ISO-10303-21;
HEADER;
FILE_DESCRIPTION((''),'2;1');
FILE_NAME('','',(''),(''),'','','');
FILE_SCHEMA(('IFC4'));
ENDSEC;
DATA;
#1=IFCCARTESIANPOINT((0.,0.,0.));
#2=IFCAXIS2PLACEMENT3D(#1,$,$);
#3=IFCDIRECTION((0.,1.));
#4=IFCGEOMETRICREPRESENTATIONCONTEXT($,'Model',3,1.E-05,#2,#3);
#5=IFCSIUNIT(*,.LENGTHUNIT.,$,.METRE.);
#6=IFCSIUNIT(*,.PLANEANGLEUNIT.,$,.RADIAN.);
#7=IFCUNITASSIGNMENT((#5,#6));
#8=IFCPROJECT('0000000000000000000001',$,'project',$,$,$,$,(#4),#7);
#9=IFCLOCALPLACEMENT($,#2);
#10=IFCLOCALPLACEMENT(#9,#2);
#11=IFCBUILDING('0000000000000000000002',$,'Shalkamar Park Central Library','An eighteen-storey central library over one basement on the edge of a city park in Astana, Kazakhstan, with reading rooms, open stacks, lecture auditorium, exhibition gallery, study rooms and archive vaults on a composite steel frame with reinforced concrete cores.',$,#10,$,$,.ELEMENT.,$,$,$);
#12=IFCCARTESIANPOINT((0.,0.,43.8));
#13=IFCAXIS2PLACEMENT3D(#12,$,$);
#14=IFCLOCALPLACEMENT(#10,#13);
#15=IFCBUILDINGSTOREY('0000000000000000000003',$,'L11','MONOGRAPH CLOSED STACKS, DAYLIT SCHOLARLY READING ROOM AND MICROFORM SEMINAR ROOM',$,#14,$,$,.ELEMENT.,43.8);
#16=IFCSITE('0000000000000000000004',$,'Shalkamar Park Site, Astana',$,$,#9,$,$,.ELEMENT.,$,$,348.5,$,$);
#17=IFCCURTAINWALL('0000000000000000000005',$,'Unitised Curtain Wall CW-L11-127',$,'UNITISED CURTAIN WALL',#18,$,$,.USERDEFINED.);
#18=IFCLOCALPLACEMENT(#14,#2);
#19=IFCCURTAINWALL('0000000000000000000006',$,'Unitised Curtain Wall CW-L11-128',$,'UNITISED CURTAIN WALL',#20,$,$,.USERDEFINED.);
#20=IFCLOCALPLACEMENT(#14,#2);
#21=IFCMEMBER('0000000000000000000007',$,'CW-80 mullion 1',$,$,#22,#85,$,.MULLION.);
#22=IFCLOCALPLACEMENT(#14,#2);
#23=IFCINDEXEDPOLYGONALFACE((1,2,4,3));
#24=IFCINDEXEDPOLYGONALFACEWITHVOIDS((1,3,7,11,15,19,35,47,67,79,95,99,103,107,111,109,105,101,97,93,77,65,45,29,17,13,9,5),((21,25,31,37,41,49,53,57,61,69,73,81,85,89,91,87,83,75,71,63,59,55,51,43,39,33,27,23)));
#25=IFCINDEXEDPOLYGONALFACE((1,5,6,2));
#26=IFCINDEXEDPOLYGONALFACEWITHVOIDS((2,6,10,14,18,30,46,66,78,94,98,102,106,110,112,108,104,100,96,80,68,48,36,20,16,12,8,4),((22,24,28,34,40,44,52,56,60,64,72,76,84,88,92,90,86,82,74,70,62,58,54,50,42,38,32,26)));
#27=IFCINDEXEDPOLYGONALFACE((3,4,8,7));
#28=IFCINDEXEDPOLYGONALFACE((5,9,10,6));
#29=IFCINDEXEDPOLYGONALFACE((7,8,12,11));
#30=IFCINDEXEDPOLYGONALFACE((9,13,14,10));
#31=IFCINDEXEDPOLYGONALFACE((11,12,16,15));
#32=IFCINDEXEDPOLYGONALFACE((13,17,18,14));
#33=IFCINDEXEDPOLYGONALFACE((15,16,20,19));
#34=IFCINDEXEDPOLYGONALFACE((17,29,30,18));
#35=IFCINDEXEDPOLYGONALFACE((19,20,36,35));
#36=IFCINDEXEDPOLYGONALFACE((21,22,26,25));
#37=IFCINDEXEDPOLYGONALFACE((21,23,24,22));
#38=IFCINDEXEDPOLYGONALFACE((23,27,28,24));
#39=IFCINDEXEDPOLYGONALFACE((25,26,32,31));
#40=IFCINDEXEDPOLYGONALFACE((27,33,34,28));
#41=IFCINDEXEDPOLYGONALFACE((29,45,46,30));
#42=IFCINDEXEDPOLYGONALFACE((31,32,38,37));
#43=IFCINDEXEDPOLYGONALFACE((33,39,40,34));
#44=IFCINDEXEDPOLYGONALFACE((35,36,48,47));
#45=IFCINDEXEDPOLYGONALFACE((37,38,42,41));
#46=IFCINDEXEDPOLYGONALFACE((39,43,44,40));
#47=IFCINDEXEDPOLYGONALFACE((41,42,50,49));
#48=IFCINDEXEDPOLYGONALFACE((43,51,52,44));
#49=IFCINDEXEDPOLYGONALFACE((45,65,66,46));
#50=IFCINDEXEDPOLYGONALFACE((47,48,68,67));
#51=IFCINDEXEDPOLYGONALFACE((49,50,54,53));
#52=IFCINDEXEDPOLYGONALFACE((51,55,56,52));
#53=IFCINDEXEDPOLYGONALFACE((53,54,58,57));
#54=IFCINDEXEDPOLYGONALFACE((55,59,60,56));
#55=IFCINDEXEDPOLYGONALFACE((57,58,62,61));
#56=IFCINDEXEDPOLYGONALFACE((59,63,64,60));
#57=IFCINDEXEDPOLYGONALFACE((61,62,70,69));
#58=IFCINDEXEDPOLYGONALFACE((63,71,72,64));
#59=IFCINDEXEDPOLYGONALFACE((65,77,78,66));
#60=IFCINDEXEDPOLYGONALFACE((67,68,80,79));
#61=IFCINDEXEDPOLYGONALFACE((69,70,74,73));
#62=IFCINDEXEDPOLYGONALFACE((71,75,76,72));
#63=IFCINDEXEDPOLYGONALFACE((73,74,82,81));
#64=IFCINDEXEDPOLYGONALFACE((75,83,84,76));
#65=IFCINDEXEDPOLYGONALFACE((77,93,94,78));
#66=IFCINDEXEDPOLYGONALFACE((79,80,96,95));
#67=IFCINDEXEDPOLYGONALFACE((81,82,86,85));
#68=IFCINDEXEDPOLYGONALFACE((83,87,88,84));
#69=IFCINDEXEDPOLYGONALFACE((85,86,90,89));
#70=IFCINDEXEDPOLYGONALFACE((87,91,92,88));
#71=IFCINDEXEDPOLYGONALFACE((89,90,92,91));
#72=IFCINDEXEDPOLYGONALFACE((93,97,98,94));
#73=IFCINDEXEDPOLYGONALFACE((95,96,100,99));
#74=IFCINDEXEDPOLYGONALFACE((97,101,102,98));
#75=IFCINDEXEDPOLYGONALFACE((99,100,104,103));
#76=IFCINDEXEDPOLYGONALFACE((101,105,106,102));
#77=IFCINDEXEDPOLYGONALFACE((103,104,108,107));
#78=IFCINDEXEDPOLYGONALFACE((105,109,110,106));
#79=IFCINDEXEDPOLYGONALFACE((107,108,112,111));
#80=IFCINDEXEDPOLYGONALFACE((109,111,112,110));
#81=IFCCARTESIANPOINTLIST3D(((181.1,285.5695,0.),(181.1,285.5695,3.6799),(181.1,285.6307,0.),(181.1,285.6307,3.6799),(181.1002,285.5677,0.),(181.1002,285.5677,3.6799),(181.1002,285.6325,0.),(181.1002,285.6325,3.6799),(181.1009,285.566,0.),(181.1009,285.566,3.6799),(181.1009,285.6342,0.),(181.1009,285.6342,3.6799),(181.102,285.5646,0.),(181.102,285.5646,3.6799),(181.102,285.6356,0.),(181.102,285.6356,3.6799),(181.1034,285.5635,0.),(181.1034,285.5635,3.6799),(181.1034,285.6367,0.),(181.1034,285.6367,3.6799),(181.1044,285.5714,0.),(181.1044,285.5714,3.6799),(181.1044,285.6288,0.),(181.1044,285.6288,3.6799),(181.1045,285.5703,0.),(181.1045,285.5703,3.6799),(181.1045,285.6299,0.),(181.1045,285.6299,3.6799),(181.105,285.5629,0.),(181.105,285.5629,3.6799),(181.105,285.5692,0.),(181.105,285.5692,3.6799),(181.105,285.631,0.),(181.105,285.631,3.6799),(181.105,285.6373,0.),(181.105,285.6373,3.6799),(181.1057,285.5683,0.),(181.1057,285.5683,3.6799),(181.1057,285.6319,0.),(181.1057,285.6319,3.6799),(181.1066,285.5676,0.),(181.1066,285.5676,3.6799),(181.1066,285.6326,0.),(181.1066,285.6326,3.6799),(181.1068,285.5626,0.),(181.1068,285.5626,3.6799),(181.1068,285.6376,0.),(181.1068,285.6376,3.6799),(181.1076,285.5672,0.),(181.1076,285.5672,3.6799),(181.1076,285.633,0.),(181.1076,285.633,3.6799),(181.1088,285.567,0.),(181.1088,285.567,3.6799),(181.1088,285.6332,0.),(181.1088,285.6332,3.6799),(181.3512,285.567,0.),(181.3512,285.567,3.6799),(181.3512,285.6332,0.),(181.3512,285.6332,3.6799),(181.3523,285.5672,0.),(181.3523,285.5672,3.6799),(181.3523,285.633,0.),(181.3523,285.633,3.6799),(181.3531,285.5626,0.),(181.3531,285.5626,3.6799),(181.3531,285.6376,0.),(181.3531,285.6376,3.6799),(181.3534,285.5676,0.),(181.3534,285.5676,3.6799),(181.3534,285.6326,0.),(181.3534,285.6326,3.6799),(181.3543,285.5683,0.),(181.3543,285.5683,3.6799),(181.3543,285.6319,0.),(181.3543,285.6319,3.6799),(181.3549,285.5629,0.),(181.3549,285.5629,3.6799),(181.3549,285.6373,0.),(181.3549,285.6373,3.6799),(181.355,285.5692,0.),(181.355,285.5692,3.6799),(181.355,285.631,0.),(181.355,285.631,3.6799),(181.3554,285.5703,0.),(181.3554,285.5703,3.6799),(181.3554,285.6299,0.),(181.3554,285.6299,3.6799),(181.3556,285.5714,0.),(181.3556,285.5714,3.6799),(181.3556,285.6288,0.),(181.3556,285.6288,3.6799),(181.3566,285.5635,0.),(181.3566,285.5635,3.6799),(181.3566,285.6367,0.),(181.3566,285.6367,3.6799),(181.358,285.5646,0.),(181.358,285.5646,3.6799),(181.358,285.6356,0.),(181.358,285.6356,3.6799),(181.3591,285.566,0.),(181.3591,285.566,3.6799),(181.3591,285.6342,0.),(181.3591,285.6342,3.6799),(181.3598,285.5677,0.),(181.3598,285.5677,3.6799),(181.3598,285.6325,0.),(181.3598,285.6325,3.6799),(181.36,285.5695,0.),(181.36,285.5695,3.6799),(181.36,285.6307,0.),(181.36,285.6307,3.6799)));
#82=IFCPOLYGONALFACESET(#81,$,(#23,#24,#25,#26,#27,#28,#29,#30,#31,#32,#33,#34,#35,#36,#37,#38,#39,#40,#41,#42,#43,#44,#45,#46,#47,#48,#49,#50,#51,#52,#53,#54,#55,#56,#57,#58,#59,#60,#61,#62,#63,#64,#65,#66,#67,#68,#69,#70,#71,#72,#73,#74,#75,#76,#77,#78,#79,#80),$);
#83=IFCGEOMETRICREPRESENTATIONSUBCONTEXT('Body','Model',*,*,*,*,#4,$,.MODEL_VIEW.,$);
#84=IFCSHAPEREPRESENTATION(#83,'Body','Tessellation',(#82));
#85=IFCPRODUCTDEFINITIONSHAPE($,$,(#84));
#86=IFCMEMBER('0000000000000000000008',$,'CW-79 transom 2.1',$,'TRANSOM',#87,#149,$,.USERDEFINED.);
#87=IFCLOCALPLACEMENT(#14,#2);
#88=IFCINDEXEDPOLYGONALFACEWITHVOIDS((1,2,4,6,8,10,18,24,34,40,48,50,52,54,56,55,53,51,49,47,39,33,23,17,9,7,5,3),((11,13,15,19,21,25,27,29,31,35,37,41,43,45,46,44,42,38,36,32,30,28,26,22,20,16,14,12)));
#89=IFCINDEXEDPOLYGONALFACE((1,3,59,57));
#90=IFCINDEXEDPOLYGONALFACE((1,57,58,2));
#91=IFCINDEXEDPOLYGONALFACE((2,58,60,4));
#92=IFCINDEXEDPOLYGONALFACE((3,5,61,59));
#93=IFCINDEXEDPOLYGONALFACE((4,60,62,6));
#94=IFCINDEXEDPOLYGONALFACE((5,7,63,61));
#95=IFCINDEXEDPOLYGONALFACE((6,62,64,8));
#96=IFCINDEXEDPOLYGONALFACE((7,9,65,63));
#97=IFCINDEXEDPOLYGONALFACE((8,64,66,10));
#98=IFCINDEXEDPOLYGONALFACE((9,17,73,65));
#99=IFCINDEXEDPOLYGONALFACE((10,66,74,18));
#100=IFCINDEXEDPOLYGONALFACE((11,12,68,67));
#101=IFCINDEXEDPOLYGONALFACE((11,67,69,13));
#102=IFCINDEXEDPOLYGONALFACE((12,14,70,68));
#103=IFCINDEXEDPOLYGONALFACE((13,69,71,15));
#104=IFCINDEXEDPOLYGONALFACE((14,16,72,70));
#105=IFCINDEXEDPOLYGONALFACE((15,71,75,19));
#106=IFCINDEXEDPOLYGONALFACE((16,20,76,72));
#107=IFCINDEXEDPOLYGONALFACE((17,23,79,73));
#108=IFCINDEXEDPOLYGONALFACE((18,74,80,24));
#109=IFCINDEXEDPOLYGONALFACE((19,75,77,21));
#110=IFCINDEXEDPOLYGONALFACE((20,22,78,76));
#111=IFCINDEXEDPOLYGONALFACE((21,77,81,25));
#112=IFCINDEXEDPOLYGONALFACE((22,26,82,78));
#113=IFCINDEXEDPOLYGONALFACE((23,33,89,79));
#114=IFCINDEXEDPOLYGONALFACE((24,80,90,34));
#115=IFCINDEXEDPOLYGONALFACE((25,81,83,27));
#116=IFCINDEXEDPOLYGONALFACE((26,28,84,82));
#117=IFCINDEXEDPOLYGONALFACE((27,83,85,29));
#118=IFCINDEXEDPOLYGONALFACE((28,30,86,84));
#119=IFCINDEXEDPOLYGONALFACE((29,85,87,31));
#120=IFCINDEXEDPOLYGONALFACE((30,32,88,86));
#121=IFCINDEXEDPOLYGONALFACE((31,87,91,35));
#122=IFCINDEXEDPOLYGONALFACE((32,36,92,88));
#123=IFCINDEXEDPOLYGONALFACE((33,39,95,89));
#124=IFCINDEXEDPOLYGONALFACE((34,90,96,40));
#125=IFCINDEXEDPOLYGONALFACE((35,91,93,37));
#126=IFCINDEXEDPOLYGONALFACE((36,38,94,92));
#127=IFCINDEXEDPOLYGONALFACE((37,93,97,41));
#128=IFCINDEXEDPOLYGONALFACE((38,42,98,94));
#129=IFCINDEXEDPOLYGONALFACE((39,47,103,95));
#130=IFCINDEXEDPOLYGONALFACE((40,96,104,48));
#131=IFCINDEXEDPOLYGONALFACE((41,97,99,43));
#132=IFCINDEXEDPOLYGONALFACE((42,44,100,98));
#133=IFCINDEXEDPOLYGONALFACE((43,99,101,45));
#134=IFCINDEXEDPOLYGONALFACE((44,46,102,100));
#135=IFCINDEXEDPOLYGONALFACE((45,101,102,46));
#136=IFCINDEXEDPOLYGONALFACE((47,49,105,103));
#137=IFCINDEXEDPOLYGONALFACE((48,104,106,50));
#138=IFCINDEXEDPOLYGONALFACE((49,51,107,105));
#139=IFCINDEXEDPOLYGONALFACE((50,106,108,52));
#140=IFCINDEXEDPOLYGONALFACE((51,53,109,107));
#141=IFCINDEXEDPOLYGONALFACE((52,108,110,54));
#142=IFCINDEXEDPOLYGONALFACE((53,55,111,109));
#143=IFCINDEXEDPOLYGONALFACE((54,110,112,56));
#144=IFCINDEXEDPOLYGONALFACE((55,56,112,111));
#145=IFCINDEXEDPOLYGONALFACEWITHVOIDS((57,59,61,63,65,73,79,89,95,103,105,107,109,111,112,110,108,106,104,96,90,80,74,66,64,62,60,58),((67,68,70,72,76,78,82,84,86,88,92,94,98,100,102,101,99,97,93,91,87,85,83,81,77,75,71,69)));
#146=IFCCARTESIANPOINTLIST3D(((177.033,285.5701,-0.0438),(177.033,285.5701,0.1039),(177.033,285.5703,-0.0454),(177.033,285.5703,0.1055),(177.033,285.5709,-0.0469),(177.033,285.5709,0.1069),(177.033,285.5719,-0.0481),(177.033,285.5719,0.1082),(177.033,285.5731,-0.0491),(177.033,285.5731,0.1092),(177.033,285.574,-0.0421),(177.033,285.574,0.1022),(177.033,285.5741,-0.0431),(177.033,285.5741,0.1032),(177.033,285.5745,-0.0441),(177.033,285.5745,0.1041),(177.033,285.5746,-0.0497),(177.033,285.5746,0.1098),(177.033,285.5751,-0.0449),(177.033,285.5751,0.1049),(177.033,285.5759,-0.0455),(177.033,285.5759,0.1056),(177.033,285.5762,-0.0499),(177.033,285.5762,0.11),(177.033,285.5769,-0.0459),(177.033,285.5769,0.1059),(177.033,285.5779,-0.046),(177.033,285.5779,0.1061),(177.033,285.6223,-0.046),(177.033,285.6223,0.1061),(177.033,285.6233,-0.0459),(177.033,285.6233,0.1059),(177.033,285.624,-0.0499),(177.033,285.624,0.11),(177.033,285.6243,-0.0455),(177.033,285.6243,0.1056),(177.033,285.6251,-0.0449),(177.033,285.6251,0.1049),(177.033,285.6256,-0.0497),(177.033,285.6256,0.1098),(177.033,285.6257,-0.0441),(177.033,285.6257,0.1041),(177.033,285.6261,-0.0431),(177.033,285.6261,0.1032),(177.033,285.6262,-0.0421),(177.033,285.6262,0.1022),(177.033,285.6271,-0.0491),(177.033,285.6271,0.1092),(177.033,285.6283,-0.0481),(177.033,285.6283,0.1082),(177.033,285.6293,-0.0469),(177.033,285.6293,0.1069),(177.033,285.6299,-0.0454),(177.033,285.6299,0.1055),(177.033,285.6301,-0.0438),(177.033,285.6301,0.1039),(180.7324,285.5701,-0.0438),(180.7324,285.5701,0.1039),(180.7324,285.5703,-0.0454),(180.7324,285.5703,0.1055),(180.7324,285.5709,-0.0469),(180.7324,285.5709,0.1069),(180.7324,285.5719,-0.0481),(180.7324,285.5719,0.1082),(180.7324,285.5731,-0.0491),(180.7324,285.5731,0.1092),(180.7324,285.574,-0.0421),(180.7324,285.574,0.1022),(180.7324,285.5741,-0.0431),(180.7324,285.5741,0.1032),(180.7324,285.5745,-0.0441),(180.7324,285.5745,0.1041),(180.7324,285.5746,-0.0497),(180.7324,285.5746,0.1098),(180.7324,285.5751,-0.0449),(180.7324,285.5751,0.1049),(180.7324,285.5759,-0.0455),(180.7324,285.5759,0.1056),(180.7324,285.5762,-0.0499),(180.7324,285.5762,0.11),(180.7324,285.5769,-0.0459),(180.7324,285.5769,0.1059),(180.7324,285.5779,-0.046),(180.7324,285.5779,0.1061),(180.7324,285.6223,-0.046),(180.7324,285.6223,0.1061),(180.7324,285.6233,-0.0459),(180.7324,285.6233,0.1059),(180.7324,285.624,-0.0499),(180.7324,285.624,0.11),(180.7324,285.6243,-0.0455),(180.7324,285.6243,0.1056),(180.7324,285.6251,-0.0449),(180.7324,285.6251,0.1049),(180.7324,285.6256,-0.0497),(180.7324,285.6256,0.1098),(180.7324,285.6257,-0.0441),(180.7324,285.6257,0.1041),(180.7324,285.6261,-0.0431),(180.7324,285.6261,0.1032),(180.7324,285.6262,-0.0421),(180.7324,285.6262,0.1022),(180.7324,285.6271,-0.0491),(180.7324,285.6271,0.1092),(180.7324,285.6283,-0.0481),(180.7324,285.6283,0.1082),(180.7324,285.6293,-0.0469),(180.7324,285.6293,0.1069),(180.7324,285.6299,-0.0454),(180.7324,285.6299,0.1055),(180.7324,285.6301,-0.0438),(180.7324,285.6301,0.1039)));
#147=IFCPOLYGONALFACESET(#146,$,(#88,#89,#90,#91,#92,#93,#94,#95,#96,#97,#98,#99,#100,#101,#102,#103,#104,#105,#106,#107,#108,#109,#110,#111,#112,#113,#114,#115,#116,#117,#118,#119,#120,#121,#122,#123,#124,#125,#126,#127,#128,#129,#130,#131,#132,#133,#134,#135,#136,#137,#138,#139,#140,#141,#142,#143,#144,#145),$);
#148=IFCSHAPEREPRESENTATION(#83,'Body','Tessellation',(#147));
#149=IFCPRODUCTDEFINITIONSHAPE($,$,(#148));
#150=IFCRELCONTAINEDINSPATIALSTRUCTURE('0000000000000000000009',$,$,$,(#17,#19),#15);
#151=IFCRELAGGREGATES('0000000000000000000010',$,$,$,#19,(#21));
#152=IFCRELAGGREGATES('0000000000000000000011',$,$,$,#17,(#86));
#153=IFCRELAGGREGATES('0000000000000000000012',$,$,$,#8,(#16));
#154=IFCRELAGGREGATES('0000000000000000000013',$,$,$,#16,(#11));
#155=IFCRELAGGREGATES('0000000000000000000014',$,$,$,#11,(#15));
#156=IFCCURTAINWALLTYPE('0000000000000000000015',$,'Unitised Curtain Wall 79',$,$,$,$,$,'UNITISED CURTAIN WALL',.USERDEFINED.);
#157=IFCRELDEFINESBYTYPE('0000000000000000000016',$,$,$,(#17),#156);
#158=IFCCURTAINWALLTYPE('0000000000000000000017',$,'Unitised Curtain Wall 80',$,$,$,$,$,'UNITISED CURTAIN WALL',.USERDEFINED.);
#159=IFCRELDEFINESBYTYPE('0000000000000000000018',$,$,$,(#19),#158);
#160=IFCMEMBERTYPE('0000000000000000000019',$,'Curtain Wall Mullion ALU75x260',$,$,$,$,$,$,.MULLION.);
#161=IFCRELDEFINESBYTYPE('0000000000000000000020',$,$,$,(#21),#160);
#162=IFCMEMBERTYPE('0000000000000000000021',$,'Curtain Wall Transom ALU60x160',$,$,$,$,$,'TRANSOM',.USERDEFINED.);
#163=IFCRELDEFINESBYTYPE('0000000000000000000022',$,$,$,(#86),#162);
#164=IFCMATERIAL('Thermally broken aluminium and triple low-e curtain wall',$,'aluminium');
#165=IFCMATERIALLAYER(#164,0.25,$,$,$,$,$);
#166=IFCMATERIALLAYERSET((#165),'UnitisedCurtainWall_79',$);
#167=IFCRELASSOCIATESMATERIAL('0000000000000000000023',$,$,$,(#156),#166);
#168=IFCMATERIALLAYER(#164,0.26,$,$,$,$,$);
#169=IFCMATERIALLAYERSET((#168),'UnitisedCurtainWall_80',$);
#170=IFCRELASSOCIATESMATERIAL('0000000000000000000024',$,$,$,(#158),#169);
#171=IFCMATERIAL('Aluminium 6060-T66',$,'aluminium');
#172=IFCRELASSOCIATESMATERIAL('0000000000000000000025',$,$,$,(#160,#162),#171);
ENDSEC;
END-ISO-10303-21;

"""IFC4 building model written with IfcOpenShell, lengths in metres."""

from ifc_helpers import new_model, si_unit, direction, frame, origin, origin_2d, place, context, subcontext, project, spatial, hollow_rectangle, extrude, material, layer, layer_set, material_profile, profile_set, type_object, element, aggregate, save


model = new_model("IFC4")

# Units and contexts
model_context = context("Model", 3, precision=1e-05, world=origin(), true_north=direction((0.0, 1.0)))
body_context = subcontext(model_context, "Body", "Model", "MODEL_VIEW")
ifc_project = project(units=[si_unit("LENGTHUNIT", "METRE"), si_unit("PLANEANGLEUNIT", "RADIAN")], contexts=[model_context])

# Site, building, storey
site_placement = place(None, origin())
site = spatial("IfcSite", under=ifc_project, at=site_placement, Name="Shalkamar Park Site, Astana", CompositionType="ELEMENT", RefElevation=348.5)
building_placement = place(site_placement, origin())
building = spatial("IfcBuilding", under=site, at=building_placement, Name="Shalkamar Park Central Library", Description="An eighteen-storey central library over one basement on the edge of a city park in Astana, Kazakhstan, with reading rooms, open stacks, lecture auditorium, exhibition gallery, study rooms and archive vaults on a composite steel frame with reinforced concrete cores.", CompositionType="ELEMENT")
storey_placement = place(building_placement, frame((0.0, 0.0, 43.8)))
storey = spatial("IfcBuildingStorey", under=building, at=storey_placement, Name="L11", Description="MONOGRAPH CLOSED STACKS, DAYLIT SCHOLARLY READING ROOM AND MICROFORM SEMINAR ROOM", CompositionType="ELEMENT", Elevation=43.8)

# Curtain wall
ifc_material_1 = material(Name="Thermally broken aluminium and triple low-e curtain wall", Category="aluminium")
ifc_layer_1 = layer(ifc_material_1, 0.25)
ifc_layer_set_1 = layer_set([ifc_layer_1], Name="UnitisedCurtainWall_79")
curtain_wall_type_1 = type_object("IfcCurtainWallType", Name="Unitised Curtain Wall 79", ElementType="UNITISED CURTAIN WALL", PredefinedType="USERDEFINED", material=ifc_layer_set_1)
curtain_wall_1_placement = place(storey_placement, origin())
curtain_wall_1 = element("IfcCurtainWall", 1, at=curtain_wall_1_placement, inside=storey, type_object=curtain_wall_type_1, Name="Unitised Curtain Wall CW-L11-127", ObjectType="UNITISED CURTAIN WALL", PredefinedType="USERDEFINED")
ifc_material_2 = material(Name="Aluminium 6060-T66", Category="aluminium")

# Curtain wall, member
ifc_layer_2 = layer(ifc_material_1, 0.26)
ifc_layer_set_2 = layer_set([ifc_layer_2], Name="UnitisedCurtainWall_80")
curtain_wall_type_2 = type_object("IfcCurtainWallType", Name="Unitised Curtain Wall 80", ElementType="UNITISED CURTAIN WALL", PredefinedType="USERDEFINED", material=ifc_layer_set_2)
curtain_wall_2_placement = place(storey_placement, origin())
curtain_wall_2 = element("IfcCurtainWall", 2, at=curtain_wall_2_placement, inside=storey, type_object=curtain_wall_type_2, Name="Unitised Curtain Wall CW-L11-128", ObjectType="UNITISED CURTAIN WALL", PredefinedType="USERDEFINED")
ifc_material_profile_1 = material_profile(ifc_material_2, hollow_rectangle(XDim=0.075, YDim=0.26, WallThickness=0.0044, InnerFilletRadius=0.0044, OuterFilletRadius=0.0068, at=origin_2d()), Name="ALU 75x260x4.5")
ifc_profile_set_1 = profile_set([ifc_material_profile_1], Name="Aluminium 6060-T66")
member_type_1 = type_object("IfcMemberType", Name="Curtain Wall Mullion ALU75x260", PredefinedType="MULLION", material=ifc_profile_set_1)
member_1_placement = place(storey_placement, frame((181.23, 285.6001, 0.0), z_axis=(0.0, 0.0, 1.0), x_axis=(0.0, 1.0, 0.0)))
member_1 = element("IfcMember", 3, at=member_1_placement, type_object=member_type_1, Name="CW-80 mullion 1", PredefinedType="MULLION", context=body_context, shape_type="SweptSolid", body=[
    extrude(hollow_rectangle(XDim=0.075, YDim=0.26, WallThickness=0.0044, InnerFilletRadius=0.0044, OuterFilletRadius=0.0068, at=origin_2d()), origin(), (0.0, 0.0, 1.0), 3.6799),
])

# Member
ifc_material_profile_2 = material_profile(ifc_material_2, hollow_rectangle(XDim=0.0601, YDim=0.1599, WallThickness=0.0039, InnerFilletRadius=0.0039, OuterFilletRadius=0.0061, at=origin_2d()), Name="ALU 60x160x4")
ifc_profile_set_2 = profile_set([ifc_material_profile_2], Name="Aluminium 6060-T66")
member_type_2 = type_object("IfcMemberType", Name="Curtain Wall Transom ALU60x160", ElementType="TRANSOM", PredefinedType="USERDEFINED", material=ifc_profile_set_2)
member_2_placement = place(storey_placement, frame((177.033, 285.6001, 0.03), z_axis=(1.0, 0.0, 0.0), x_axis=(0.0, 1.0, 0.0)))
member_2 = element("IfcMember", 4, at=member_2_placement, type_object=member_type_2, Name="CW-79 transom 2.1", ObjectType="TRANSOM", PredefinedType="USERDEFINED", context=body_context, shape_type="SweptSolid", body=[
    extrude(hollow_rectangle(XDim=0.0601, YDim=0.1599, WallThickness=0.0039, InnerFilletRadius=0.0039, OuterFilletRadius=0.0061, at=origin_2d()), origin(), (0.0, 0.0, 1.0), 3.6995),
])

aggregate(curtain_wall_2, [member_1])
aggregate(curtain_wall_1, [member_2])

save(model, "model.ifc")
